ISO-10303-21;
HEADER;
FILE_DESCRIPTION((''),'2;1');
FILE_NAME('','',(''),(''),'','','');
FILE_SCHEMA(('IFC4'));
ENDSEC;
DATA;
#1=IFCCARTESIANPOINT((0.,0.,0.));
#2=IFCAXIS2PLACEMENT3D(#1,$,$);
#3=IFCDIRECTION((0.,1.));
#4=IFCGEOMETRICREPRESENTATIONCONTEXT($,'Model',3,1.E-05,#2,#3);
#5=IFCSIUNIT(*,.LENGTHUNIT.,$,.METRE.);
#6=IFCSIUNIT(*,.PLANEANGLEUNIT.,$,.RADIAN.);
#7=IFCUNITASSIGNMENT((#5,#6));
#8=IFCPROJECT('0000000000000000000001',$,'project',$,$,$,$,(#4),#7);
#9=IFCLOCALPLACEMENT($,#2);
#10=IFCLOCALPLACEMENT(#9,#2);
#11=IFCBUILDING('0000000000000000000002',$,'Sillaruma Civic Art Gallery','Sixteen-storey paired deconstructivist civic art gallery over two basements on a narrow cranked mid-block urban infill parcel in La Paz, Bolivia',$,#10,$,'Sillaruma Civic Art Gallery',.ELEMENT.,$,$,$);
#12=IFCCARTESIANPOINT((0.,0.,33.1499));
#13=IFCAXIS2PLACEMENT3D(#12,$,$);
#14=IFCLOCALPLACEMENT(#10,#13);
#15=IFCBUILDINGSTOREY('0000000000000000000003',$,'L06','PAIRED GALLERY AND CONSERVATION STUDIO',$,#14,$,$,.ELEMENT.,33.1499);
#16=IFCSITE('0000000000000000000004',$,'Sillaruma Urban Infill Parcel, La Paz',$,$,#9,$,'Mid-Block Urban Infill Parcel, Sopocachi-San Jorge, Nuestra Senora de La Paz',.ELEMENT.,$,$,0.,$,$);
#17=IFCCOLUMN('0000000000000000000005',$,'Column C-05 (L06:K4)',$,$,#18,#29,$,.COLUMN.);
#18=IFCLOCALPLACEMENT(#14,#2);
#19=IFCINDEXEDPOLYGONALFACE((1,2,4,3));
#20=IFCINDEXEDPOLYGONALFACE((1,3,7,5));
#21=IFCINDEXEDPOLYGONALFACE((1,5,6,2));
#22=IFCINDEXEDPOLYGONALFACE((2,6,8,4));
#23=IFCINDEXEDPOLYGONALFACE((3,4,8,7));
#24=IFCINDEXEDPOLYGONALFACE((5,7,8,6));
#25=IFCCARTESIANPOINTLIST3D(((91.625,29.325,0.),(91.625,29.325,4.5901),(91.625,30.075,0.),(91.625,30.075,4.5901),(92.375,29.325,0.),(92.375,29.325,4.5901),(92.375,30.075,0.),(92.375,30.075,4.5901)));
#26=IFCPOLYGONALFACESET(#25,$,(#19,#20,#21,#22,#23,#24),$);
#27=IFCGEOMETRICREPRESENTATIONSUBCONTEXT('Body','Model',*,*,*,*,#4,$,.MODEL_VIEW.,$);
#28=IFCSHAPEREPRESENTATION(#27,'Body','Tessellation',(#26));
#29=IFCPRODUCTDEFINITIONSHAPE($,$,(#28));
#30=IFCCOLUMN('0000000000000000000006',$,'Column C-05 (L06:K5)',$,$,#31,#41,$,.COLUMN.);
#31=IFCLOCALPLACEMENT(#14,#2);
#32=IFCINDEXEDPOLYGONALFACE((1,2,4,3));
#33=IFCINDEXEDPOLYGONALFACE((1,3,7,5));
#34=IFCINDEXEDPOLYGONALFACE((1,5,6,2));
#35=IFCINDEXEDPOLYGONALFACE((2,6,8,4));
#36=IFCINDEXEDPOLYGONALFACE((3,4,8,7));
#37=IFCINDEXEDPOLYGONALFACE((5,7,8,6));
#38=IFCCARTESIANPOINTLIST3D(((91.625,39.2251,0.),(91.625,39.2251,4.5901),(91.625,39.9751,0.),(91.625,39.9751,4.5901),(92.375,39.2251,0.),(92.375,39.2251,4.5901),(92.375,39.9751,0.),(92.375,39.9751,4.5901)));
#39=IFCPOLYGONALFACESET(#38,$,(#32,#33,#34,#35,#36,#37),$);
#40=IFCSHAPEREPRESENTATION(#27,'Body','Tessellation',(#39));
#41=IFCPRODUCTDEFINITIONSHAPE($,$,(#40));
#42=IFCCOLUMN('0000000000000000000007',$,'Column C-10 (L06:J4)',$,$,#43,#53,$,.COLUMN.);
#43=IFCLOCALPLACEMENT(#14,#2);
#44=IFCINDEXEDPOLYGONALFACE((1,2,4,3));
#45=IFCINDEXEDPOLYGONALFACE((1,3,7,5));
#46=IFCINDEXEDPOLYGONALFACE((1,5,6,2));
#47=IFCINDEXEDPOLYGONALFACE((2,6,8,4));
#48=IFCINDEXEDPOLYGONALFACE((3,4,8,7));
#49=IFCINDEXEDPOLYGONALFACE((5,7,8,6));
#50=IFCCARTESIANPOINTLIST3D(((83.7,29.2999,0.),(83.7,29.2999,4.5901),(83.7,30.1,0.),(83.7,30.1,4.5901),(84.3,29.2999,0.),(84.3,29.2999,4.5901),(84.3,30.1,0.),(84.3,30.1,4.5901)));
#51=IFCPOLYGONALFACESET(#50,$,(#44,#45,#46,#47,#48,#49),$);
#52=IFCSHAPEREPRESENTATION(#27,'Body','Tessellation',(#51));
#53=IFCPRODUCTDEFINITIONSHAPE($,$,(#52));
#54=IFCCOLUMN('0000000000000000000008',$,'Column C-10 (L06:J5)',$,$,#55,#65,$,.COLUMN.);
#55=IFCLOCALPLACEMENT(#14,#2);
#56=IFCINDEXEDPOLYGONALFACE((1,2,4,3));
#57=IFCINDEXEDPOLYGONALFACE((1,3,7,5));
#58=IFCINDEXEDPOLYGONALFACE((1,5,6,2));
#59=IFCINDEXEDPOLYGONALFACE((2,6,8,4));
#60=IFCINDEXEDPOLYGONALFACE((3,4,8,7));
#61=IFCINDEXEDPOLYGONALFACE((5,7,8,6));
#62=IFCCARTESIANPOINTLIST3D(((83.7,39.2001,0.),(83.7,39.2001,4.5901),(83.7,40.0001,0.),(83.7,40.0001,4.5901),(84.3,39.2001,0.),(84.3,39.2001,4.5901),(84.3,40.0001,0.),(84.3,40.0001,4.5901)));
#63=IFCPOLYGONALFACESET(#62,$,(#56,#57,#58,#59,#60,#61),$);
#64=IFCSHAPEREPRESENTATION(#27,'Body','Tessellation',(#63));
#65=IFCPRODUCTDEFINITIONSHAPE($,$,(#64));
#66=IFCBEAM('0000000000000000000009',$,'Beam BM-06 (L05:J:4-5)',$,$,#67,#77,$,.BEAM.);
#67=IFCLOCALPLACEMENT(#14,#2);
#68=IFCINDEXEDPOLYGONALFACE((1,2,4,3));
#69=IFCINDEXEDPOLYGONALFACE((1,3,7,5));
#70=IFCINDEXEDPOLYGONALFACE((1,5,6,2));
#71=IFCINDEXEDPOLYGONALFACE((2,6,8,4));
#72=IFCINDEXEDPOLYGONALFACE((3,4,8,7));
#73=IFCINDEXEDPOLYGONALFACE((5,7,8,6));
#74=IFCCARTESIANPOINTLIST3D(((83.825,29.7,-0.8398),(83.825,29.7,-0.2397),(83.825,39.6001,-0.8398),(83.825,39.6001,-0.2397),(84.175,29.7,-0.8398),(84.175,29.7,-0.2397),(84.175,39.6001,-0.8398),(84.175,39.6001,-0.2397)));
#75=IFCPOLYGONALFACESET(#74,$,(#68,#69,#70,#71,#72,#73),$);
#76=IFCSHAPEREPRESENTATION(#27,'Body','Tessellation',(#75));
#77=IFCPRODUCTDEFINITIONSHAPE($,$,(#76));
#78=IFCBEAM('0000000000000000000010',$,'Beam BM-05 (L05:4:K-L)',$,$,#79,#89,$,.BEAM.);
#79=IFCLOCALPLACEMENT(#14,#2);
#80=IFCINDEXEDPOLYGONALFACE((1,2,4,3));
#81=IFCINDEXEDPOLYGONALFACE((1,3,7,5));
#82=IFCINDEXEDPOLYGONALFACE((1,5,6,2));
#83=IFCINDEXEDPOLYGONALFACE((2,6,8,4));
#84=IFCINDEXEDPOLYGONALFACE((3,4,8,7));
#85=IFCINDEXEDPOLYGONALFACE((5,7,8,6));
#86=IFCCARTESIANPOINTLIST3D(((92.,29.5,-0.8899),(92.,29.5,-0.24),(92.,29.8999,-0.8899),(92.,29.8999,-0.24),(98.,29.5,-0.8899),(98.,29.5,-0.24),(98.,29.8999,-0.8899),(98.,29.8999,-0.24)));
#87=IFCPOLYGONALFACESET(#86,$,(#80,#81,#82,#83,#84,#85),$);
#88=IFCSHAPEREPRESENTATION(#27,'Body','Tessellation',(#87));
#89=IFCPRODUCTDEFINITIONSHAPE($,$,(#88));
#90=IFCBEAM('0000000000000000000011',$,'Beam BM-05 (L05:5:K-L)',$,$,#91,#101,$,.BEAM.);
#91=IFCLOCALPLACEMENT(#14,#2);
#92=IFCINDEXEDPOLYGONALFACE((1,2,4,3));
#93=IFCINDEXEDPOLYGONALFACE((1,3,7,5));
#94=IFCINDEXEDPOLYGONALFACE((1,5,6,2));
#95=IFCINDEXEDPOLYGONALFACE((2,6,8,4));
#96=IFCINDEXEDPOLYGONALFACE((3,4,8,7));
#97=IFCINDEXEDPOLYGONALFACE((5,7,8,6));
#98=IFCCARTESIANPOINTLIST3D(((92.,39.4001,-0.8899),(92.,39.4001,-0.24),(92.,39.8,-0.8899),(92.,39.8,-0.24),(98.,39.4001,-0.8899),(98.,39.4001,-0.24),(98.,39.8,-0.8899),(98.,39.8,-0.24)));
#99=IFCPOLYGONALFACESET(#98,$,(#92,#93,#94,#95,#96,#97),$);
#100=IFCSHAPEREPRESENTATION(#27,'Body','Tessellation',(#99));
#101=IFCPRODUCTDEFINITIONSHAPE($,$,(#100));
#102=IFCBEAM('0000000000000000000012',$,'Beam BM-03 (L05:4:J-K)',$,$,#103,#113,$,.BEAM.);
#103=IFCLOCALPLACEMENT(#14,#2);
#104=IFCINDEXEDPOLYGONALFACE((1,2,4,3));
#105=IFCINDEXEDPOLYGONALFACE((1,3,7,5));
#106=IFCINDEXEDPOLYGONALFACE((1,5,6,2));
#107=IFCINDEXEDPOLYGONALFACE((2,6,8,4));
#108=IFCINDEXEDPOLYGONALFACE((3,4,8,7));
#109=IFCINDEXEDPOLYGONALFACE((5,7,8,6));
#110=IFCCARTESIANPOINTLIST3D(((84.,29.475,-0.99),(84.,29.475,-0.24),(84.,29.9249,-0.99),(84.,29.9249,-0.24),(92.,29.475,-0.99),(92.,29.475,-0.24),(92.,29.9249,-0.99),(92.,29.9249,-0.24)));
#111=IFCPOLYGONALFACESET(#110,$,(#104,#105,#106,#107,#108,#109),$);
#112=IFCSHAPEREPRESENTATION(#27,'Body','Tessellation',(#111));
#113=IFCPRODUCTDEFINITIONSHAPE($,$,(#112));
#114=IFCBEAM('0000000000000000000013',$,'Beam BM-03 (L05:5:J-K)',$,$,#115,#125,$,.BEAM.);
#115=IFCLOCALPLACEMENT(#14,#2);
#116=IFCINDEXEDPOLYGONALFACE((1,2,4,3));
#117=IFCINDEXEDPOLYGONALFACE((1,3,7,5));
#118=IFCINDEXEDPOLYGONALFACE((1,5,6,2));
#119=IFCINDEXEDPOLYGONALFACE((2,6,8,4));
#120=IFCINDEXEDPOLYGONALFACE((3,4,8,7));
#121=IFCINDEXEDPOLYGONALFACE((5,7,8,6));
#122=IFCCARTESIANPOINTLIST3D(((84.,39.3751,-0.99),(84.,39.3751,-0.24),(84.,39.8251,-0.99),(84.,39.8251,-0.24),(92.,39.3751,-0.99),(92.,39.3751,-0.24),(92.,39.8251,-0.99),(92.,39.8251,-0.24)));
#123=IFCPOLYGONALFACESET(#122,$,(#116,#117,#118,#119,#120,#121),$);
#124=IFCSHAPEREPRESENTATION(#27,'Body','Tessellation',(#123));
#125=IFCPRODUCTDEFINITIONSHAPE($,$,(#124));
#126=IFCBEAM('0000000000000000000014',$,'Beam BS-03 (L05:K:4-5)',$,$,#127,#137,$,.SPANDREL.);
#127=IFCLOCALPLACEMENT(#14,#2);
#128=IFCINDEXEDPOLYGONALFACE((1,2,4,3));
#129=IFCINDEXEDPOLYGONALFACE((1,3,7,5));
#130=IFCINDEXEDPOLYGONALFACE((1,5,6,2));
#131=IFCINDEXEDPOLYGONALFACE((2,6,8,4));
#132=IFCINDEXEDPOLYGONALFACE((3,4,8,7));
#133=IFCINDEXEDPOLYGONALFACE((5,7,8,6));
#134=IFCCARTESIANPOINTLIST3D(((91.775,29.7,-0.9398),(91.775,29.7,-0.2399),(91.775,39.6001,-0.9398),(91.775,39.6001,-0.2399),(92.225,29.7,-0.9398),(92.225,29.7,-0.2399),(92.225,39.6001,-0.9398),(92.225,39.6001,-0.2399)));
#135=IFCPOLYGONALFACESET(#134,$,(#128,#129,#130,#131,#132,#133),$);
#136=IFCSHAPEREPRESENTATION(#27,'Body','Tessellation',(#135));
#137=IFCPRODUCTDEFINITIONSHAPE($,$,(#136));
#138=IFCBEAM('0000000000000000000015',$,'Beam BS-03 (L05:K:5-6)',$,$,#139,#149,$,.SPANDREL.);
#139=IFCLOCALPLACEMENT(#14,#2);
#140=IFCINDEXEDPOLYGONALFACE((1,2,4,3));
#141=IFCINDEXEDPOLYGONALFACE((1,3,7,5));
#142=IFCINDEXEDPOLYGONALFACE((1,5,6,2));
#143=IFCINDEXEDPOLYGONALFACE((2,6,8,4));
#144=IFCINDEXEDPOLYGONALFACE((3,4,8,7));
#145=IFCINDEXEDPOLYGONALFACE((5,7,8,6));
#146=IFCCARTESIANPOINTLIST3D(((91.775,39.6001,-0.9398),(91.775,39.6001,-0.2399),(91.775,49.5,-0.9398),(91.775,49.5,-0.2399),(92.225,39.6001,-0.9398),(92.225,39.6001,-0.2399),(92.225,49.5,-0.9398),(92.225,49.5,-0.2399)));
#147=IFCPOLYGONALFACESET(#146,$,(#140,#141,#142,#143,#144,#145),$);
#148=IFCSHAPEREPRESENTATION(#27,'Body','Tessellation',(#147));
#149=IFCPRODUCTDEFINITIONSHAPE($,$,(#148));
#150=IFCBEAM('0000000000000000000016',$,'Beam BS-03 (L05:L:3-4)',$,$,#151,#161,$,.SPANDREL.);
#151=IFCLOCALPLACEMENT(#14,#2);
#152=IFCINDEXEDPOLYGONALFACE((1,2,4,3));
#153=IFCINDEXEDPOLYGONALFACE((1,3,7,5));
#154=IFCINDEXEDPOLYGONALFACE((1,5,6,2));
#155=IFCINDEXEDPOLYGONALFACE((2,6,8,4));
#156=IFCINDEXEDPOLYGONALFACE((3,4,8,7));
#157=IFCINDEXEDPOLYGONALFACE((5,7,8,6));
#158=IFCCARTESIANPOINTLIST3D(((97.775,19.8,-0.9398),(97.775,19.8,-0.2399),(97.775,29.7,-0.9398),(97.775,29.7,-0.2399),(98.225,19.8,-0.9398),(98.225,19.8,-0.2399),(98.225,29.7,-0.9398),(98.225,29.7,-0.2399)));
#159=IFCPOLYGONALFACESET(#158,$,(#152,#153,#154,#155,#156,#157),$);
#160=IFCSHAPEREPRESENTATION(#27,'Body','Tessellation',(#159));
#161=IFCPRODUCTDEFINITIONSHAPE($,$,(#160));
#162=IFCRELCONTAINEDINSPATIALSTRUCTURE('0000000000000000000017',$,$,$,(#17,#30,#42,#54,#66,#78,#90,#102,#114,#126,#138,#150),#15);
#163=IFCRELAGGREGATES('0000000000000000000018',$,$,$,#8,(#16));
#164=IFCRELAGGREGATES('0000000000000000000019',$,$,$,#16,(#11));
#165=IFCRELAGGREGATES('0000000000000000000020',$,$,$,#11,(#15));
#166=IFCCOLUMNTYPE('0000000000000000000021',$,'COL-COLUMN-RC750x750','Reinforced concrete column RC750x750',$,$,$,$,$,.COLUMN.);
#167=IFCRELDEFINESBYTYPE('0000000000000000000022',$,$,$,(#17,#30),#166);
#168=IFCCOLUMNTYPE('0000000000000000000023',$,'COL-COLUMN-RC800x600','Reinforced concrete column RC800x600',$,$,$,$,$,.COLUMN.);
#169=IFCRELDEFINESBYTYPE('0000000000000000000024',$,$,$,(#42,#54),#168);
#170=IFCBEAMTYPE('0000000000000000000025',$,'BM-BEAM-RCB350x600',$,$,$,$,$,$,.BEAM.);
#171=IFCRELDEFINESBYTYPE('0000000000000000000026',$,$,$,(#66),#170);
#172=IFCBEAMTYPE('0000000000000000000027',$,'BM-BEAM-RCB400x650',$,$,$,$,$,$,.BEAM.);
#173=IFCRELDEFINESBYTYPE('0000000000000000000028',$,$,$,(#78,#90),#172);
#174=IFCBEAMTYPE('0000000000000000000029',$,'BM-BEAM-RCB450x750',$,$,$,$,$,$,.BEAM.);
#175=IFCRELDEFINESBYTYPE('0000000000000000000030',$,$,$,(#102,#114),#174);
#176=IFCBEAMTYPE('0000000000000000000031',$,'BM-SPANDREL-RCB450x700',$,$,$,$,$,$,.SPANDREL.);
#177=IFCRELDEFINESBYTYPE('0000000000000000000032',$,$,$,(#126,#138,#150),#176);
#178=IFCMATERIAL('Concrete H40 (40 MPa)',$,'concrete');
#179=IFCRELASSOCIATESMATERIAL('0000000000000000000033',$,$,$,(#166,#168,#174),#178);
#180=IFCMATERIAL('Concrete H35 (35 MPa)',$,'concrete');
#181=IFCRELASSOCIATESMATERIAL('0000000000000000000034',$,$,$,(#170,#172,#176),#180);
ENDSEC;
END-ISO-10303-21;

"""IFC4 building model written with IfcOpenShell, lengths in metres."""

from ifc_helpers import new_model, si_unit, direction, frame, origin, origin_2d, place, context, subcontext, project, spatial, rectangle, extrude, material, material_profile, profile_set, type_object, element, save


model = new_model("IFC4")

# Units and contexts
model_context = context("Model", 3, precision=1e-05, world=origin(), true_north=direction((0.0, 1.0)))
body_context = subcontext(model_context, "Body", "Model", "MODEL_VIEW")
ifc_project = project(units=[si_unit("LENGTHUNIT", "METRE"), si_unit("PLANEANGLEUNIT", "RADIAN")], contexts=[model_context])

# Site, building, storey
site_placement = place(None, origin())
site = spatial("IfcSite", under=ifc_project, at=site_placement, Name="Sillaruma Urban Infill Parcel, La Paz", LongName="Mid-Block Urban Infill Parcel, Sopocachi-San Jorge, Nuestra Senora de La Paz", CompositionType="ELEMENT", RefElevation=0.0)
building_placement = place(site_placement, origin())
building = spatial("IfcBuilding", under=site, at=building_placement, Name="Sillaruma Civic Art Gallery", Description="Sixteen-storey paired deconstructivist civic art gallery over two basements on a narrow cranked mid-block urban infill parcel in La Paz, Bolivia", LongName="Sillaruma Civic Art Gallery", CompositionType="ELEMENT")
storey_placement = place(building_placement, frame((0.0, 0.0, 33.1499)))
storey = spatial("IfcBuildingStorey", under=building, at=storey_placement, Name="L06", Description="PAIRED GALLERY AND CONSERVATION STUDIO", CompositionType="ELEMENT", Elevation=33.1499)

# Columns
ifc_material_1 = material(Name="Concrete H40 (40 MPa)", Category="concrete")
ifc_material_profile_1 = material_profile(ifc_material_1, rectangle(XDim=0.75, YDim=0.75, at=origin_2d()), Name="RC750x750")
ifc_profile_set_1 = profile_set([ifc_material_profile_1], Name="Concrete H40 (40 MPa)")
column_type_1 = type_object("IfcColumnType", Name="COL-COLUMN-RC750x750", Description="Reinforced concrete column RC750x750", PredefinedType="COLUMN", material=ifc_profile_set_1)
for number, where, z_axis, x_axis, name in (
    (1, (92.0, 29.7, 0.0), (0.0, 0.0, 1.0), (1.0, 0.0, 0.0), "Column C-05 (L06:K4)"),
    (2, (92.0, 39.6001, 0.0), (0.0, 0.0, 1.0), (1.0, 0.0, 0.0), "Column C-05 (L06:K5)"),
):
    element("IfcColumn", number, at=place(storey_placement, frame(where, z_axis=z_axis, x_axis=x_axis)), inside=storey, type_object=column_type_1, Name=name, PredefinedType="COLUMN", context=body_context, shape_type="SweptSolid", body=[
        extrude(rectangle(XDim=0.75, YDim=0.75, at=origin_2d()), origin(), (0.0, 0.0, 1.0), 4.5901),
    ])
ifc_material_profile_2 = material_profile(ifc_material_1, rectangle(XDim=0.6001, YDim=0.8, at=origin_2d()), Name="RC800x600")
ifc_profile_set_2 = profile_set([ifc_material_profile_2], Name="Concrete H40 (40 MPa)")
column_type_2 = type_object("IfcColumnType", Name="COL-COLUMN-RC800x600", Description="Reinforced concrete column RC800x600", PredefinedType="COLUMN", material=ifc_profile_set_2)
for number, where, z_axis, x_axis, name in (
    (3, (84.0, 29.7, 0.0), (0.0, 0.0, 1.0), (1.0, 0.0, 0.0), "Column C-10 (L06:J4)"),
    (4, (84.0, 39.6001, 0.0), (0.0, 0.0, 1.0), (1.0, 0.0, 0.0), "Column C-10 (L06:J5)"),
):
    element("IfcColumn", number, at=place(storey_placement, frame(where, z_axis=z_axis, x_axis=x_axis)), inside=storey, type_object=column_type_2, Name=name, PredefinedType="COLUMN", context=body_context, shape_type="SweptSolid", body=[
        extrude(rectangle(XDim=0.6001, YDim=0.8, at=origin_2d()), origin(), (0.0, 0.0, 1.0), 4.5901),
    ])

# Beams
ifc_material_2 = material(Name="Concrete H35 (35 MPa)", Category="concrete")
ifc_material_profile_3 = material_profile(ifc_material_2, rectangle(XDim=0.3501, YDim=0.6001, at=origin_2d()), Name="RCB350x600")
ifc_profile_set_3 = profile_set([ifc_material_profile_3], Name="Concrete H35 (35 MPa)")
beam_type_1 = type_object("IfcBeamType", Name="BM-BEAM-RCB350x600", PredefinedType="BEAM", material=ifc_profile_set_3)
beam_1_placement = place(storey_placement, frame((84.0, 29.7, -0.5398), z_axis=(0.0, 1.0, 0.0), x_axis=(-1.0, 0.0, 0.0)))
element("IfcBeam", 5, at=beam_1_placement, inside=storey, type_object=beam_type_1, Name="Beam BM-06 (L05:J:4-5)", PredefinedType="BEAM", context=body_context, shape_type="SweptSolid", body=[
    extrude(rectangle(XDim=0.3501, YDim=0.6001, at=origin_2d()), origin(), (0.0, 0.0, 1.0), 9.9001),
])
ifc_material_profile_4 = material_profile(ifc_material_2, rectangle(XDim=0.3999, YDim=0.6499, at=origin_2d()), Name="RCB400x650")
ifc_profile_set_4 = profile_set([ifc_material_profile_4], Name="Concrete H35 (35 MPa)")
beam_type_2 = type_object("IfcBeamType", Name="BM-BEAM-RCB400x650", PredefinedType="BEAM", material=ifc_profile_set_4)
for number, where, z_axis, x_axis, name in (
    (6, (92.0, 29.7, -0.5649), (1.0, 0.0, 0.0), (0.0, 1.0, 0.0), "Beam BM-05 (L05:4:K-L)"),
    (7, (92.0, 39.6001, -0.5649), (1.0, 0.0, 0.0), (0.0, 1.0, 0.0), "Beam BM-05 (L05:5:K-L)"),
):
    element("IfcBeam", number, at=place(storey_placement, frame(where, z_axis=z_axis, x_axis=x_axis)), inside=storey, type_object=beam_type_2, Name=name, PredefinedType="BEAM", context=body_context, shape_type="SweptSolid", body=[
        extrude(rectangle(XDim=0.3999, YDim=0.6499, at=origin_2d()), origin(), (0.0, 0.0, 1.0), 6.0),
    ])
ifc_material_profile_5 = material_profile(ifc_material_1, rectangle(XDim=0.45, YDim=0.75, at=origin_2d()), Name="RCB450x750")
ifc_profile_set_5 = profile_set([ifc_material_profile_5], Name="Concrete H40 (40 MPa)")
beam_type_3 = type_object("IfcBeamType", Name="BM-BEAM-RCB450x750", PredefinedType="BEAM", material=ifc_profile_set_5)
for number, where, z_axis, x_axis, name in (
    (8, (84.0, 29.7, -0.615), (1.0, 0.0, 0.0), (0.0, 1.0, 0.0), "Beam BM-03 (L05:4:J-K)"),
    (9, (84.0, 39.6001, -0.615), (1.0, 0.0, 0.0), (0.0, 1.0, 0.0), "Beam BM-03 (L05:5:J-K)"),
):
    element("IfcBeam", number, at=place(storey_placement, frame(where, z_axis=z_axis, x_axis=x_axis)), inside=storey, type_object=beam_type_3, Name=name, PredefinedType="BEAM", context=body_context, shape_type="SweptSolid", body=[
        extrude(rectangle(XDim=0.45, YDim=0.75, at=origin_2d()), origin(), (0.0, 0.0, 1.0), 8.0),
    ])
ifc_material_profile_6 = material_profile(ifc_material_2, rectangle(XDim=0.45, YDim=0.7, at=origin_2d()), Name="RCB450x700")
ifc_profile_set_6 = profile_set([ifc_material_profile_6], Name="Concrete H35 (35 MPa)")
beam_type_4 = type_object("IfcBeamType", Name="BM-SPANDREL-RCB450x700", PredefinedType="SPANDREL", material=ifc_profile_set_6)
beam_2_placement = place(storey_placement, frame((92.0, 29.7, -0.5898), z_axis=(0.0, 1.0, 0.0), x_axis=(-1.0, 0.0, 0.0)))
element("IfcBeam", 10, at=beam_2_placement, inside=storey, type_object=beam_type_4, Name="Beam BS-03 (L05:K:4-5)", PredefinedType="SPANDREL", context=body_context, shape_type="SweptSolid", body=[
    extrude(rectangle(XDim=0.45, YDim=0.7, at=origin_2d()), origin(), (0.0, 0.0, 1.0), 9.9001),
])
for number, where, z_axis, x_axis, name in (
    (11, (92.0, 39.6001, -0.5898), (0.0, 1.0, 0.0), (-1.0, 0.0, 0.0), "Beam BS-03 (L05:K:5-6)"),
    (12, (98.0, 19.8, -0.5898), (0.0, 1.0, 0.0), (-1.0, 0.0, 0.0), "Beam BS-03 (L05:L:3-4)"),
):
    element("IfcBeam", number, at=place(storey_placement, frame(where, z_axis=z_axis, x_axis=x_axis)), inside=storey, type_object=beam_type_4, Name=name, PredefinedType="SPANDREL", context=body_context, shape_type="SweptSolid", body=[
        extrude(rectangle(XDim=0.45, YDim=0.7, at=origin_2d()), origin(), (0.0, 0.0, 1.0), 9.8999),
    ])

save(model, "model.ifc")
